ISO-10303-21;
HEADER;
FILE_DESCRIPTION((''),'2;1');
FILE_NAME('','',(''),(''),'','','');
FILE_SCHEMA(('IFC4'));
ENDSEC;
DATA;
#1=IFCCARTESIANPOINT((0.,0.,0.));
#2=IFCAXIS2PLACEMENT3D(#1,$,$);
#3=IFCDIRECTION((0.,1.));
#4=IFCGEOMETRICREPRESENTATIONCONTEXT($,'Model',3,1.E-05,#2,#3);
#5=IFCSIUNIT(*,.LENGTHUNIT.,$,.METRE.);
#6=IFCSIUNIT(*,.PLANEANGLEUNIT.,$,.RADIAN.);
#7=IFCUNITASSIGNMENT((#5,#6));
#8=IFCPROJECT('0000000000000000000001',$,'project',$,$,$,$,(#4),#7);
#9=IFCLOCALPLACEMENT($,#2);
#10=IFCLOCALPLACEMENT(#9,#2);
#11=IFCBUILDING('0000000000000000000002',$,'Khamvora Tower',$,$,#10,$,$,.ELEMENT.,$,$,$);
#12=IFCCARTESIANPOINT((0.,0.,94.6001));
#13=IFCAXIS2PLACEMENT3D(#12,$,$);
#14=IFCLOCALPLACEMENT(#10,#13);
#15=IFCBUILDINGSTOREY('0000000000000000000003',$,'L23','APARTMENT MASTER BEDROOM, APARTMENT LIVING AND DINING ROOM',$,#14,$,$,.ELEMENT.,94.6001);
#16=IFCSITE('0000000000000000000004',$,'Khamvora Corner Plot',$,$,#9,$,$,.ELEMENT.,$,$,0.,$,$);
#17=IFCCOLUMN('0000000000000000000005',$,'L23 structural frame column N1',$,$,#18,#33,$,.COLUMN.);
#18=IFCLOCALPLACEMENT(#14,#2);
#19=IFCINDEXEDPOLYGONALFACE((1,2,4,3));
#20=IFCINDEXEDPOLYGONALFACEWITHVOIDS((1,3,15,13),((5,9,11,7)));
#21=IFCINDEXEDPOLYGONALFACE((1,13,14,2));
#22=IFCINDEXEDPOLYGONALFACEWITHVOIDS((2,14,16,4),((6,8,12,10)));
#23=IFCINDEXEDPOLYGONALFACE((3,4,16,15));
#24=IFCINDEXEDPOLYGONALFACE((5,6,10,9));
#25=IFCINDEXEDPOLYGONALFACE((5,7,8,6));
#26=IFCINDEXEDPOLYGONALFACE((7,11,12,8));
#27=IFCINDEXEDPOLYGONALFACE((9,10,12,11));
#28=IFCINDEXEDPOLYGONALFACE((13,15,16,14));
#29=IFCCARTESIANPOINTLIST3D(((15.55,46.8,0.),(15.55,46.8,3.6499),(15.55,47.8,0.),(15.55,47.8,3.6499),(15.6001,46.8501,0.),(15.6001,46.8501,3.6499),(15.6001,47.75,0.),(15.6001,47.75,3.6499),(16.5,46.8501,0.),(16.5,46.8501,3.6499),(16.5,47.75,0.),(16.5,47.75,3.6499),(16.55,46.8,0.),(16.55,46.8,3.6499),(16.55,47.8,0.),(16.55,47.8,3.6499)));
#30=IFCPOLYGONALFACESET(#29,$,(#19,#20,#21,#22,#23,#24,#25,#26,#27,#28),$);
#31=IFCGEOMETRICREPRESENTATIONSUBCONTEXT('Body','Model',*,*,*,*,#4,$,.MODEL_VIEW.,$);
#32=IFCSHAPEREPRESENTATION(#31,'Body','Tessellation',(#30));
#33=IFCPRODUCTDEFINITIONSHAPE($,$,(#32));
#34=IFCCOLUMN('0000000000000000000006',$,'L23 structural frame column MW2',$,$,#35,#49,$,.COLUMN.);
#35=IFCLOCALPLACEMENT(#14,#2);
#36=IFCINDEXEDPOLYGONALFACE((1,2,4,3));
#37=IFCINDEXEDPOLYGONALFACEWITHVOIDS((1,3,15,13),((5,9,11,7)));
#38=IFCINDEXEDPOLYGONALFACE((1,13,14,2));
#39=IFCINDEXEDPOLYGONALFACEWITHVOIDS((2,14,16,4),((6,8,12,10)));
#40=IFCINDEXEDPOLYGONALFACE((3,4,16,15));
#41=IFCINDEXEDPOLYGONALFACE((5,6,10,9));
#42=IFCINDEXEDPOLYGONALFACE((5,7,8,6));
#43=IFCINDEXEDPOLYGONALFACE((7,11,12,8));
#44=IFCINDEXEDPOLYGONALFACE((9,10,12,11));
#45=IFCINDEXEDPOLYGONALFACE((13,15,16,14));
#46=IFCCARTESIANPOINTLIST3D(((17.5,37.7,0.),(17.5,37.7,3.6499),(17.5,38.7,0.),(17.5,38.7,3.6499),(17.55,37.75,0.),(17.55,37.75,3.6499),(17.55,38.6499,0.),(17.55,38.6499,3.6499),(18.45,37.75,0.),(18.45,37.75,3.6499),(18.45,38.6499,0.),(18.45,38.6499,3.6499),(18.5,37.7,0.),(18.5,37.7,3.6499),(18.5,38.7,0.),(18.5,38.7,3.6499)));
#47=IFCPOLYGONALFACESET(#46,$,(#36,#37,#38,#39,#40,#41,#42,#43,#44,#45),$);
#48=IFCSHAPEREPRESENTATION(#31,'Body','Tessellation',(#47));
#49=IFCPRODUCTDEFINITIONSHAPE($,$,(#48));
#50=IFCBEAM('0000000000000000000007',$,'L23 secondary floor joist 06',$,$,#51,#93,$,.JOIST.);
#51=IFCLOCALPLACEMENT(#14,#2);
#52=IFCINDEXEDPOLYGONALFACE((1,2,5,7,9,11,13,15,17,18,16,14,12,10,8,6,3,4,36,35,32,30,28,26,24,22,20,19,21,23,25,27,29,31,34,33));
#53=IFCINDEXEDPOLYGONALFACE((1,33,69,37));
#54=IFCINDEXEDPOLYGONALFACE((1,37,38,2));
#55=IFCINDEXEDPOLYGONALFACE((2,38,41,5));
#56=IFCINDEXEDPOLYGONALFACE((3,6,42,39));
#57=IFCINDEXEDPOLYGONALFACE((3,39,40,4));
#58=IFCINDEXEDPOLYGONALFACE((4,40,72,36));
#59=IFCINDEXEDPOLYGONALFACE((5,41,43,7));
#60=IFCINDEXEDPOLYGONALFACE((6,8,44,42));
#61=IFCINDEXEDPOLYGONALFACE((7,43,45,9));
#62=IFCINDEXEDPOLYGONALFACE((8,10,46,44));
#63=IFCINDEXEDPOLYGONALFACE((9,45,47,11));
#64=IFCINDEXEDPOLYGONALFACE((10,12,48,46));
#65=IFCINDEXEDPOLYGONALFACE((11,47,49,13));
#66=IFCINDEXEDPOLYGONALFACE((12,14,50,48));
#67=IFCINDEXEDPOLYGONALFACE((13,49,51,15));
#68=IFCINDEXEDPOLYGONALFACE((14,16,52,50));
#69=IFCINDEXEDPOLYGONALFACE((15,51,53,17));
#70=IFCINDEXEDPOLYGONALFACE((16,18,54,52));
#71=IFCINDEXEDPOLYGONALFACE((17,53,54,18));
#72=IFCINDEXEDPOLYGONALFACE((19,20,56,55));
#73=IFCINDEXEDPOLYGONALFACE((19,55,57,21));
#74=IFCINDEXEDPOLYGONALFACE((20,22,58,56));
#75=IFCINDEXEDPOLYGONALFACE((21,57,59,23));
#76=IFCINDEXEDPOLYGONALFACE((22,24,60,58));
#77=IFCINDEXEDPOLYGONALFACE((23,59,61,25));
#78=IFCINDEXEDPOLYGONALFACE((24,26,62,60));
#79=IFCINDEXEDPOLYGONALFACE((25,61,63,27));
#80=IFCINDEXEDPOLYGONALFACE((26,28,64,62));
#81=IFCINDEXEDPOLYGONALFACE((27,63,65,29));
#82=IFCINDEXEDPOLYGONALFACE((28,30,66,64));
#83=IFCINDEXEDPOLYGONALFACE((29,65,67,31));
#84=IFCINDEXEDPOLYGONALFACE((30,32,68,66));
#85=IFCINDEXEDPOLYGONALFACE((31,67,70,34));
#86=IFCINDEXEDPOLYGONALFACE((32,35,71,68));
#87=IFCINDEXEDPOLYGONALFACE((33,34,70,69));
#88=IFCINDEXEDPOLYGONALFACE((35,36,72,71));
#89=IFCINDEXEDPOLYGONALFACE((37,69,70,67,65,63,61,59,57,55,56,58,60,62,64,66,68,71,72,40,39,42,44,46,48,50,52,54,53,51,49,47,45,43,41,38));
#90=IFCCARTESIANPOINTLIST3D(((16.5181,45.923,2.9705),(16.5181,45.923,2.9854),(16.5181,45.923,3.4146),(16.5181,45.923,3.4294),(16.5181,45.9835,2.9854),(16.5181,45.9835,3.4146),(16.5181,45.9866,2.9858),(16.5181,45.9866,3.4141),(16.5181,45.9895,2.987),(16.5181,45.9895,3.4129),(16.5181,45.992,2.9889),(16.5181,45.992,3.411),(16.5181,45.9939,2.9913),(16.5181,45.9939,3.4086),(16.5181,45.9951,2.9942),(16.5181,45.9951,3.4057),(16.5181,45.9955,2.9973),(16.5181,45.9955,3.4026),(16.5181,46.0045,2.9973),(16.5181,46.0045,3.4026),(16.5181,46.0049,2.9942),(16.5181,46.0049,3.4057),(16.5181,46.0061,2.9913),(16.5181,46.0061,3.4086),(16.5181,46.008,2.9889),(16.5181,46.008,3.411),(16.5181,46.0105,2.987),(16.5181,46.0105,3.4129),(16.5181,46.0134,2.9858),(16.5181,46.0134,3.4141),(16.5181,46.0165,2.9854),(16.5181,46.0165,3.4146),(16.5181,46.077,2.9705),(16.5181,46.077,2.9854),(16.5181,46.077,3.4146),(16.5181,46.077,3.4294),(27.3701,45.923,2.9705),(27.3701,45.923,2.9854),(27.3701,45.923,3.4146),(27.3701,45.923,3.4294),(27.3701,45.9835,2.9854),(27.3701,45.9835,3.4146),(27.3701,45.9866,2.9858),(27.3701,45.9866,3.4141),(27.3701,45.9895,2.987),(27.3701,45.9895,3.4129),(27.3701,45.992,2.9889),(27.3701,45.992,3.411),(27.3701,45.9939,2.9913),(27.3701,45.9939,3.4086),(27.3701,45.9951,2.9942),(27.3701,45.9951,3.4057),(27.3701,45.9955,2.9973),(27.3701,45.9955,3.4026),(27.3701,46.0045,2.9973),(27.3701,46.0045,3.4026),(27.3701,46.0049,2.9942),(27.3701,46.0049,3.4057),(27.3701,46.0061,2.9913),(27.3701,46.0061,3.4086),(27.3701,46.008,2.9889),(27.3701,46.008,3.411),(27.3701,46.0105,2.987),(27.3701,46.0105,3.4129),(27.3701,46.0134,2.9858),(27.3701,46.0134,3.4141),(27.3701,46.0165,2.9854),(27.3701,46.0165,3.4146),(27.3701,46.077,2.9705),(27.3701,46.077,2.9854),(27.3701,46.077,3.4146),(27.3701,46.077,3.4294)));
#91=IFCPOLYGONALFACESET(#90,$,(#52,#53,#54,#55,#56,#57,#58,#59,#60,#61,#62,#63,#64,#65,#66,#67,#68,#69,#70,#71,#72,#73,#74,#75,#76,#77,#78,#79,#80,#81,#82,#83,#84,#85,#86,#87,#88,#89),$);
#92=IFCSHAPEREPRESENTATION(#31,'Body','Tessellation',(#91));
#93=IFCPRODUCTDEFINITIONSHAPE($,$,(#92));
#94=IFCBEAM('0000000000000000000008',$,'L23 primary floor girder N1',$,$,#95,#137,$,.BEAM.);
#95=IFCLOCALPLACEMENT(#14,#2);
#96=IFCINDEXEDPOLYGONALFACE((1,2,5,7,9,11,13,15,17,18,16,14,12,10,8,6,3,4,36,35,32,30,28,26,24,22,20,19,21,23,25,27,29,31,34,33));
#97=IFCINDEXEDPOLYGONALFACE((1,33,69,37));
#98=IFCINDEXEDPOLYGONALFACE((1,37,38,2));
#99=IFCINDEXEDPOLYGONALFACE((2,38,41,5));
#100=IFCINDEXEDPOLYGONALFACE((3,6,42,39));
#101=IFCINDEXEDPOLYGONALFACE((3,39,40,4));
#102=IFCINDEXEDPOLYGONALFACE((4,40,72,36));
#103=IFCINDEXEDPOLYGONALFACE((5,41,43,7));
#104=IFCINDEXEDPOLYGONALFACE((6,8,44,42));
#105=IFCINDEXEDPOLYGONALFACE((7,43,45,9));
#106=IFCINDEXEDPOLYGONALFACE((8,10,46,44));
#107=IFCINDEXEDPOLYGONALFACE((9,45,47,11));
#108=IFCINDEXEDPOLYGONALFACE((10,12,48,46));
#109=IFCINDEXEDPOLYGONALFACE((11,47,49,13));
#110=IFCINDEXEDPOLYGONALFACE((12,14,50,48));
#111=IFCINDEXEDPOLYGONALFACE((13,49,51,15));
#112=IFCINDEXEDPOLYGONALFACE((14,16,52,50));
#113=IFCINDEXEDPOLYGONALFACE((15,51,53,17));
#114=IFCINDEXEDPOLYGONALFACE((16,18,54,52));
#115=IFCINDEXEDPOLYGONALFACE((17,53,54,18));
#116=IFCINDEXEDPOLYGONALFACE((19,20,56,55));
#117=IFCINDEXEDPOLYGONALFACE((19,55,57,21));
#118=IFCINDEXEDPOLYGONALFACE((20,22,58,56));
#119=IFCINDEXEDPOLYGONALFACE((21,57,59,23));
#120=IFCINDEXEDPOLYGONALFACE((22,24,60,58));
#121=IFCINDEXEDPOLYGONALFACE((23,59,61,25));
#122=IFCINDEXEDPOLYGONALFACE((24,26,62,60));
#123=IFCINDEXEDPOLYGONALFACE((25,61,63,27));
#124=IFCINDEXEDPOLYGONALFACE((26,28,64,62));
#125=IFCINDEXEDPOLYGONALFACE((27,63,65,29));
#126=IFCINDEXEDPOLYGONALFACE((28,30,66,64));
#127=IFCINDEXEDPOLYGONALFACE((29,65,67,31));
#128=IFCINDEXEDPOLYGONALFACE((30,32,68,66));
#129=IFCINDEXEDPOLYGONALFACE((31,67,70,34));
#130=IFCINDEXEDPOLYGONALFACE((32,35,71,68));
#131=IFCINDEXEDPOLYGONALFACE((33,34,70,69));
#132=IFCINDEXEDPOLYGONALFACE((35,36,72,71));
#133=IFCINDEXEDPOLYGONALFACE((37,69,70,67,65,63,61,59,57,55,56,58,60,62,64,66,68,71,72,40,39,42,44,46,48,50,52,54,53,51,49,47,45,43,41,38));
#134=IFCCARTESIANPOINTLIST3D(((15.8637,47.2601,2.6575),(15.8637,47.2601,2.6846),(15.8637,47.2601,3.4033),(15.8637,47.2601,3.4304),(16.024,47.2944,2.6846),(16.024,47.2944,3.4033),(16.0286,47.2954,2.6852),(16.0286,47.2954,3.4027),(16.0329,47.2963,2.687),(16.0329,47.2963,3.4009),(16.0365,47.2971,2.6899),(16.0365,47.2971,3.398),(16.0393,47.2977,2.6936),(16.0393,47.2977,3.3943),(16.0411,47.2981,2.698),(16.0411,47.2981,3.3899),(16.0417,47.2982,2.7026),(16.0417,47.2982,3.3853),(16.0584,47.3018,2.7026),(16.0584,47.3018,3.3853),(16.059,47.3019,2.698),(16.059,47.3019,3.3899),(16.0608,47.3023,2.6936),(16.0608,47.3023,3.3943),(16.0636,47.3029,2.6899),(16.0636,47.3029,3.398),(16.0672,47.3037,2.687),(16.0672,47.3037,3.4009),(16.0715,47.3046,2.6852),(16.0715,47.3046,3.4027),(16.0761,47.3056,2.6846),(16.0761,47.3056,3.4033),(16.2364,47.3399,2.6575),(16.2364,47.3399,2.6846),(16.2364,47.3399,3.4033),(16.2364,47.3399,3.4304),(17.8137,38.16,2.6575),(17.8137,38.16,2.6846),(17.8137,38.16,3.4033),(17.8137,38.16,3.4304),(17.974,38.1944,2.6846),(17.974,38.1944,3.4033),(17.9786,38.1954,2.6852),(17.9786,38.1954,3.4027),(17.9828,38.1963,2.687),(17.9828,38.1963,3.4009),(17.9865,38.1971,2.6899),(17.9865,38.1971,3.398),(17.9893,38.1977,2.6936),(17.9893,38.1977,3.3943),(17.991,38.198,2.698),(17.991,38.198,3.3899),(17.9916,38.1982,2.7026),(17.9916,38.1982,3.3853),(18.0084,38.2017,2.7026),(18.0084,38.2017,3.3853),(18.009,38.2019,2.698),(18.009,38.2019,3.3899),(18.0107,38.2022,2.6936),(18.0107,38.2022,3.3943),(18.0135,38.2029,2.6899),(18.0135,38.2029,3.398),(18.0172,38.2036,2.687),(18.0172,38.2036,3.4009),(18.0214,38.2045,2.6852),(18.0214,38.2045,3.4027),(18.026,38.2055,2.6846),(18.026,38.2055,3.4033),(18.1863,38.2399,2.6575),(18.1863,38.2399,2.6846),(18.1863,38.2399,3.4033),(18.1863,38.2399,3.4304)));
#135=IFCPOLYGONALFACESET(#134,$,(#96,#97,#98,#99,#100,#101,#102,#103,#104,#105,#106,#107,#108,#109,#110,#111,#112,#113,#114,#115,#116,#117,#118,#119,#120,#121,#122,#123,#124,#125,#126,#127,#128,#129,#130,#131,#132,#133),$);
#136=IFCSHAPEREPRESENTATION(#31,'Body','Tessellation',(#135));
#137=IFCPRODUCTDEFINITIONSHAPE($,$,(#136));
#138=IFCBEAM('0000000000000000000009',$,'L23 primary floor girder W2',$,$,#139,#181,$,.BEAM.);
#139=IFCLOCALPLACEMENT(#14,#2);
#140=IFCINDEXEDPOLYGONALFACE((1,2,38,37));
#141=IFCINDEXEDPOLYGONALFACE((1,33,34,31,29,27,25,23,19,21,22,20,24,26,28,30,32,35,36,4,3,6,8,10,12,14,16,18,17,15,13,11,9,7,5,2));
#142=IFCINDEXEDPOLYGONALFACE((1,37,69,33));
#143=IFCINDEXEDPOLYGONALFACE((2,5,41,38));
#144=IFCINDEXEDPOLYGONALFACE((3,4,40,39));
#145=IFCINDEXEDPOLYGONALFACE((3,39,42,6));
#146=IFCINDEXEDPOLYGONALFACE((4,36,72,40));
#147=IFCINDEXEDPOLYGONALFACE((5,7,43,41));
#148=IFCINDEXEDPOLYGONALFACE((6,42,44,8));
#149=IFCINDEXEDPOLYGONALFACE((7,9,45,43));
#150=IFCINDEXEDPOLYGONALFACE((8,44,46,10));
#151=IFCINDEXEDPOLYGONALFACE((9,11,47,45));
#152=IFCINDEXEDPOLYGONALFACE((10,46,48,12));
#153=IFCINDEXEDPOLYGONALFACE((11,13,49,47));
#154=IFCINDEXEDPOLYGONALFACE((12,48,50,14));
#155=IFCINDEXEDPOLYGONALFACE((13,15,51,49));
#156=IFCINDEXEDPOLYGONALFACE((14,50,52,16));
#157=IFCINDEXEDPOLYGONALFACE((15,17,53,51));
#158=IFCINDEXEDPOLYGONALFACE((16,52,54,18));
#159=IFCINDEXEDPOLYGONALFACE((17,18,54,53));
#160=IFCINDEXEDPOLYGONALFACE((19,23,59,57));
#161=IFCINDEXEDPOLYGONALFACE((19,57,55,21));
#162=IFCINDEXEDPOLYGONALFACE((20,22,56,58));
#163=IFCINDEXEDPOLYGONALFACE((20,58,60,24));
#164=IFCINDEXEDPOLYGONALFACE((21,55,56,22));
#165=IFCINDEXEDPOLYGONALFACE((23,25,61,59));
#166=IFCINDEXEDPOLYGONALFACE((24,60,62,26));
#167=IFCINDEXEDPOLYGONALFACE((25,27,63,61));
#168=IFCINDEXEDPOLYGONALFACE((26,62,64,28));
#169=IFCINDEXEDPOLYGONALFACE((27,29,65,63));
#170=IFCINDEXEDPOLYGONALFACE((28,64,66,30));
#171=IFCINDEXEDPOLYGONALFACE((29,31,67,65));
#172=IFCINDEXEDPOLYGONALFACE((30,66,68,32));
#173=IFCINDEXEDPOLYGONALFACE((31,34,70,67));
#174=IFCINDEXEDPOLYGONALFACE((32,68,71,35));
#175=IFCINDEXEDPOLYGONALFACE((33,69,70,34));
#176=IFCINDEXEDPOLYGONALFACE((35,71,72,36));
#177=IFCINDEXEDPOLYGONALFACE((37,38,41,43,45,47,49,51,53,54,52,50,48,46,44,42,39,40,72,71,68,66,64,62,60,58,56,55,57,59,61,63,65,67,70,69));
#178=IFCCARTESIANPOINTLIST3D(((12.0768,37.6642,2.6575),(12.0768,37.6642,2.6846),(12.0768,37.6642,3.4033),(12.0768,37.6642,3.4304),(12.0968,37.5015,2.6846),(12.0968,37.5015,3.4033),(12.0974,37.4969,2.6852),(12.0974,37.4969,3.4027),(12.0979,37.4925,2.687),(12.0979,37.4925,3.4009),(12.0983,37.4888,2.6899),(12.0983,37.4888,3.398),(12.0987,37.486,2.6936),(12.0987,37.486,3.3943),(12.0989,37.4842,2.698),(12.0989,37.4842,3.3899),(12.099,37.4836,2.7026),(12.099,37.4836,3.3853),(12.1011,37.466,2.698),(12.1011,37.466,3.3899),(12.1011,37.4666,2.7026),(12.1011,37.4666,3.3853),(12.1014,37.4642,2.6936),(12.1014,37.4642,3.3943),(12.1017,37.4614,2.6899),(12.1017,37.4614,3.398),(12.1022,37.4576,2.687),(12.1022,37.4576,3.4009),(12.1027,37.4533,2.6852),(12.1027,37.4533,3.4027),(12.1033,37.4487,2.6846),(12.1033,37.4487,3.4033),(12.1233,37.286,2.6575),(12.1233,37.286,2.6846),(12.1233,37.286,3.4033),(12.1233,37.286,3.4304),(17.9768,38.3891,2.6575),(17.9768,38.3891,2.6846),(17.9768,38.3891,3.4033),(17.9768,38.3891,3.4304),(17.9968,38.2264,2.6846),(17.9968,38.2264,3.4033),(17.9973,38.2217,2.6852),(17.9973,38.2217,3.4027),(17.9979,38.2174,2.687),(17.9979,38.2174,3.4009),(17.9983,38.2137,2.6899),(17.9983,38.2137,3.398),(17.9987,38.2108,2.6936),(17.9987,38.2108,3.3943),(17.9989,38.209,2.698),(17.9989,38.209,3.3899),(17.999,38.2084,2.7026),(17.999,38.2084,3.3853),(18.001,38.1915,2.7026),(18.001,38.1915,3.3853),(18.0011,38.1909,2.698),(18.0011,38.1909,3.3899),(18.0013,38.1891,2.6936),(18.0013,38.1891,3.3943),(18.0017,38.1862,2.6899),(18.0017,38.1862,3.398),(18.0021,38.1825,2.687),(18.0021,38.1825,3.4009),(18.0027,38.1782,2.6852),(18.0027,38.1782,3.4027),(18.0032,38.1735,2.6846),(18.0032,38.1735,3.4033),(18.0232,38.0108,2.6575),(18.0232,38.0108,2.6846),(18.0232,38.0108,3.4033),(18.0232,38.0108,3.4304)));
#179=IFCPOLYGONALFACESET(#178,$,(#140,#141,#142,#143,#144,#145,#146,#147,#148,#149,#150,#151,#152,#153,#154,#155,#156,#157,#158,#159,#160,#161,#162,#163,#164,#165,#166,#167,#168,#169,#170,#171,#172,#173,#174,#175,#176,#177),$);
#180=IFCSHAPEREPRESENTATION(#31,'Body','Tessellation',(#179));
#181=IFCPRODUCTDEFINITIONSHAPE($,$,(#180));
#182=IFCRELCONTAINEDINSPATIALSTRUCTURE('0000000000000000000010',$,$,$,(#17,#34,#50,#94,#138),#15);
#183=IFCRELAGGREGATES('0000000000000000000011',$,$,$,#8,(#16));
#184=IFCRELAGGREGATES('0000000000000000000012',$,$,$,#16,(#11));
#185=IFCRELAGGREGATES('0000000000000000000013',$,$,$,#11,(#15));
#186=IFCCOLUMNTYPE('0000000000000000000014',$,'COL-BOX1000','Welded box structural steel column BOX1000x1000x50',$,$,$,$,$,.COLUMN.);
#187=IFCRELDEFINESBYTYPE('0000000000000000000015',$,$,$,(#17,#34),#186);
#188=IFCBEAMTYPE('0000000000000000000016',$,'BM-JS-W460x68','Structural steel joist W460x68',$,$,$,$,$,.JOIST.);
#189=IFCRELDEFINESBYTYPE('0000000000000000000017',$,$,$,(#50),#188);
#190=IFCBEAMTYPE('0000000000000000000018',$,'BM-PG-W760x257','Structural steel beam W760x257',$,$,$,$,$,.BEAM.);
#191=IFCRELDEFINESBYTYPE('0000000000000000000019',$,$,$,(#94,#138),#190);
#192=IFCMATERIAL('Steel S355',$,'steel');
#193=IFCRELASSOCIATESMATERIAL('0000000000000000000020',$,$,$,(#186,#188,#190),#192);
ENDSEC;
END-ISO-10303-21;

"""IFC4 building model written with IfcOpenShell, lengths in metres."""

from ifc_helpers import new_model, si_unit, direction, frame, origin, origin_2d, place, context, subcontext, project, spatial, hollow_rectangle, i_section, extrude, material, material_profile, profile_set, type_object, element, save


model = new_model("IFC4")

# Units and contexts
model_context = context("Model", 3, precision=1e-05, world=origin(), true_north=direction((0.0, 1.0)))
body_context = subcontext(model_context, "Body", "Model", "MODEL_VIEW")
ifc_project = project(units=[si_unit("LENGTHUNIT", "METRE"), si_unit("PLANEANGLEUNIT", "RADIAN")], contexts=[model_context])

# Site, building, storey
site_placement = place(None, origin())
site = spatial("IfcSite", under=ifc_project, at=site_placement, Name="Khamvora Corner Plot", CompositionType="ELEMENT", RefElevation=0.0)
building_placement = place(site_placement, origin())
building = spatial("IfcBuilding", under=site, at=building_placement, Name="Khamvora Tower", CompositionType="ELEMENT")
storey_placement = place(building_placement, frame((0.0, 0.0, 94.6001)))
storey = spatial("IfcBuildingStorey", under=building, at=storey_placement, Name="L23", Description="APARTMENT MASTER BEDROOM, APARTMENT LIVING AND DINING ROOM", CompositionType="ELEMENT", Elevation=94.6001)

# Columns
ifc_material_1 = material(Name="Steel S355", Category="steel")
ifc_material_profile_1 = material_profile(ifc_material_1, hollow_rectangle(XDim=1.0, YDim=1.0, WallThickness=0.05, at=origin_2d()), Name="BOX1000x1000x50")
ifc_profile_set_1 = profile_set([ifc_material_profile_1], Name="Steel S355")
column_type = type_object("IfcColumnType", Name="COL-BOX1000", Description="Welded box structural steel column BOX1000x1000x50", PredefinedType="COLUMN", material=ifc_profile_set_1)
for number, where, z_axis, x_axis, name in (
    (1, (16.05, 47.3, 0.0), (0.0, 0.0, 1.0), (1.0, 0.0, 0.0), "L23 structural frame column N1"),
    (2, (18.0, 38.2, 0.0), (0.0, 0.0, 1.0), (1.0, 0.0, 0.0), "L23 structural frame column MW2"),
):
    element("IfcColumn", number, at=place(storey_placement, frame(where, z_axis=z_axis, x_axis=x_axis)), inside=storey, type_object=column_type, Name=name, PredefinedType="COLUMN", context=body_context, shape_type="SweptSolid", body=[
        extrude(hollow_rectangle(XDim=1.0, YDim=1.0, WallThickness=0.05, at=origin_2d()), origin(), (0.0, 0.0, 1.0), 3.6499),
    ])

# Beams
ifc_material_profile_2 = material_profile(ifc_material_1, i_section(OverallWidth=0.1541, OverallDepth=0.459, WebThickness=0.009, FlangeThickness=0.0149, FilletRadius=0.012, at=origin_2d()), Name="W460x68")
ifc_profile_set_2 = profile_set([ifc_material_profile_2], Name="Steel S355")
beam_type_1 = type_object("IfcBeamType", Name="BM-JS-W460x68", Description="Structural steel joist W460x68", PredefinedType="JOIST", material=ifc_profile_set_2)
beam_1_placement = place(storey_placement, frame((16.5181, 46.0, 3.2), z_axis=(1.0, 0.0, 0.0), x_axis=(0.0, 1.0, 0.0)))
element("IfcBeam", 3, at=beam_1_placement, inside=storey, type_object=beam_type_1, Name="L23 secondary floor joist 06", PredefinedType="JOIST", context=body_context, shape_type="SweptSolid", body=[
    extrude(i_section(OverallWidth=0.1541, OverallDepth=0.459, WebThickness=0.009, FlangeThickness=0.0149, FilletRadius=0.012, at=origin_2d()), origin(), (0.0, 0.0, 1.0), 10.8521),
])
ifc_material_profile_3 = material_profile(ifc_material_1, i_section(OverallWidth=0.3811, OverallDepth=0.7729, WebThickness=0.0171, FlangeThickness=0.0271, FilletRadius=0.0181, at=origin_2d()), Name="W760x257")
ifc_profile_set_3 = profile_set([ifc_material_profile_3], Name="Steel S355")
beam_type_2 = type_object("IfcBeamType", Name="BM-PG-W760x257", Description="Structural steel beam W760x257", PredefinedType="BEAM", material=ifc_profile_set_3)
beam_2_placement = place(storey_placement, frame((18.0, 38.2, 3.0439), z_axis=(-0.209522, 0.977804, 0.0), x_axis=(-0.977804, -0.209522, 0.0)))
element("IfcBeam", 4, at=beam_2_placement, inside=storey, type_object=beam_type_2, Name="L23 primary floor girder N1", PredefinedType="BEAM", context=body_context, shape_type="SweptSolid", body=[
    extrude(i_section(OverallWidth=0.3811, OverallDepth=0.7729, WebThickness=0.0171, FlangeThickness=0.0271, FilletRadius=0.0181, at=origin_2d()), origin(), (0.0, 0.0, 1.0), 9.3066),
])
beam_3_placement = place(storey_placement, frame((18.0, 38.2, 3.0439), z_axis=(-0.992537, -0.121942, 0.0), x_axis=(0.121942, -0.992537, 0.0)))
element("IfcBeam", 5, at=beam_3_placement, inside=storey, type_object=beam_type_2, Name="L23 primary floor girder W2", PredefinedType="BEAM", context=body_context, shape_type="SweptSolid", body=[
    extrude(i_section(OverallWidth=0.3811, OverallDepth=0.7729, WebThickness=0.0171, FlangeThickness=0.0271, FilletRadius=0.0181, at=origin_2d()), origin(), (0.0, 0.0, 1.0), 5.9443),
])

save(model, "model.ifc")
